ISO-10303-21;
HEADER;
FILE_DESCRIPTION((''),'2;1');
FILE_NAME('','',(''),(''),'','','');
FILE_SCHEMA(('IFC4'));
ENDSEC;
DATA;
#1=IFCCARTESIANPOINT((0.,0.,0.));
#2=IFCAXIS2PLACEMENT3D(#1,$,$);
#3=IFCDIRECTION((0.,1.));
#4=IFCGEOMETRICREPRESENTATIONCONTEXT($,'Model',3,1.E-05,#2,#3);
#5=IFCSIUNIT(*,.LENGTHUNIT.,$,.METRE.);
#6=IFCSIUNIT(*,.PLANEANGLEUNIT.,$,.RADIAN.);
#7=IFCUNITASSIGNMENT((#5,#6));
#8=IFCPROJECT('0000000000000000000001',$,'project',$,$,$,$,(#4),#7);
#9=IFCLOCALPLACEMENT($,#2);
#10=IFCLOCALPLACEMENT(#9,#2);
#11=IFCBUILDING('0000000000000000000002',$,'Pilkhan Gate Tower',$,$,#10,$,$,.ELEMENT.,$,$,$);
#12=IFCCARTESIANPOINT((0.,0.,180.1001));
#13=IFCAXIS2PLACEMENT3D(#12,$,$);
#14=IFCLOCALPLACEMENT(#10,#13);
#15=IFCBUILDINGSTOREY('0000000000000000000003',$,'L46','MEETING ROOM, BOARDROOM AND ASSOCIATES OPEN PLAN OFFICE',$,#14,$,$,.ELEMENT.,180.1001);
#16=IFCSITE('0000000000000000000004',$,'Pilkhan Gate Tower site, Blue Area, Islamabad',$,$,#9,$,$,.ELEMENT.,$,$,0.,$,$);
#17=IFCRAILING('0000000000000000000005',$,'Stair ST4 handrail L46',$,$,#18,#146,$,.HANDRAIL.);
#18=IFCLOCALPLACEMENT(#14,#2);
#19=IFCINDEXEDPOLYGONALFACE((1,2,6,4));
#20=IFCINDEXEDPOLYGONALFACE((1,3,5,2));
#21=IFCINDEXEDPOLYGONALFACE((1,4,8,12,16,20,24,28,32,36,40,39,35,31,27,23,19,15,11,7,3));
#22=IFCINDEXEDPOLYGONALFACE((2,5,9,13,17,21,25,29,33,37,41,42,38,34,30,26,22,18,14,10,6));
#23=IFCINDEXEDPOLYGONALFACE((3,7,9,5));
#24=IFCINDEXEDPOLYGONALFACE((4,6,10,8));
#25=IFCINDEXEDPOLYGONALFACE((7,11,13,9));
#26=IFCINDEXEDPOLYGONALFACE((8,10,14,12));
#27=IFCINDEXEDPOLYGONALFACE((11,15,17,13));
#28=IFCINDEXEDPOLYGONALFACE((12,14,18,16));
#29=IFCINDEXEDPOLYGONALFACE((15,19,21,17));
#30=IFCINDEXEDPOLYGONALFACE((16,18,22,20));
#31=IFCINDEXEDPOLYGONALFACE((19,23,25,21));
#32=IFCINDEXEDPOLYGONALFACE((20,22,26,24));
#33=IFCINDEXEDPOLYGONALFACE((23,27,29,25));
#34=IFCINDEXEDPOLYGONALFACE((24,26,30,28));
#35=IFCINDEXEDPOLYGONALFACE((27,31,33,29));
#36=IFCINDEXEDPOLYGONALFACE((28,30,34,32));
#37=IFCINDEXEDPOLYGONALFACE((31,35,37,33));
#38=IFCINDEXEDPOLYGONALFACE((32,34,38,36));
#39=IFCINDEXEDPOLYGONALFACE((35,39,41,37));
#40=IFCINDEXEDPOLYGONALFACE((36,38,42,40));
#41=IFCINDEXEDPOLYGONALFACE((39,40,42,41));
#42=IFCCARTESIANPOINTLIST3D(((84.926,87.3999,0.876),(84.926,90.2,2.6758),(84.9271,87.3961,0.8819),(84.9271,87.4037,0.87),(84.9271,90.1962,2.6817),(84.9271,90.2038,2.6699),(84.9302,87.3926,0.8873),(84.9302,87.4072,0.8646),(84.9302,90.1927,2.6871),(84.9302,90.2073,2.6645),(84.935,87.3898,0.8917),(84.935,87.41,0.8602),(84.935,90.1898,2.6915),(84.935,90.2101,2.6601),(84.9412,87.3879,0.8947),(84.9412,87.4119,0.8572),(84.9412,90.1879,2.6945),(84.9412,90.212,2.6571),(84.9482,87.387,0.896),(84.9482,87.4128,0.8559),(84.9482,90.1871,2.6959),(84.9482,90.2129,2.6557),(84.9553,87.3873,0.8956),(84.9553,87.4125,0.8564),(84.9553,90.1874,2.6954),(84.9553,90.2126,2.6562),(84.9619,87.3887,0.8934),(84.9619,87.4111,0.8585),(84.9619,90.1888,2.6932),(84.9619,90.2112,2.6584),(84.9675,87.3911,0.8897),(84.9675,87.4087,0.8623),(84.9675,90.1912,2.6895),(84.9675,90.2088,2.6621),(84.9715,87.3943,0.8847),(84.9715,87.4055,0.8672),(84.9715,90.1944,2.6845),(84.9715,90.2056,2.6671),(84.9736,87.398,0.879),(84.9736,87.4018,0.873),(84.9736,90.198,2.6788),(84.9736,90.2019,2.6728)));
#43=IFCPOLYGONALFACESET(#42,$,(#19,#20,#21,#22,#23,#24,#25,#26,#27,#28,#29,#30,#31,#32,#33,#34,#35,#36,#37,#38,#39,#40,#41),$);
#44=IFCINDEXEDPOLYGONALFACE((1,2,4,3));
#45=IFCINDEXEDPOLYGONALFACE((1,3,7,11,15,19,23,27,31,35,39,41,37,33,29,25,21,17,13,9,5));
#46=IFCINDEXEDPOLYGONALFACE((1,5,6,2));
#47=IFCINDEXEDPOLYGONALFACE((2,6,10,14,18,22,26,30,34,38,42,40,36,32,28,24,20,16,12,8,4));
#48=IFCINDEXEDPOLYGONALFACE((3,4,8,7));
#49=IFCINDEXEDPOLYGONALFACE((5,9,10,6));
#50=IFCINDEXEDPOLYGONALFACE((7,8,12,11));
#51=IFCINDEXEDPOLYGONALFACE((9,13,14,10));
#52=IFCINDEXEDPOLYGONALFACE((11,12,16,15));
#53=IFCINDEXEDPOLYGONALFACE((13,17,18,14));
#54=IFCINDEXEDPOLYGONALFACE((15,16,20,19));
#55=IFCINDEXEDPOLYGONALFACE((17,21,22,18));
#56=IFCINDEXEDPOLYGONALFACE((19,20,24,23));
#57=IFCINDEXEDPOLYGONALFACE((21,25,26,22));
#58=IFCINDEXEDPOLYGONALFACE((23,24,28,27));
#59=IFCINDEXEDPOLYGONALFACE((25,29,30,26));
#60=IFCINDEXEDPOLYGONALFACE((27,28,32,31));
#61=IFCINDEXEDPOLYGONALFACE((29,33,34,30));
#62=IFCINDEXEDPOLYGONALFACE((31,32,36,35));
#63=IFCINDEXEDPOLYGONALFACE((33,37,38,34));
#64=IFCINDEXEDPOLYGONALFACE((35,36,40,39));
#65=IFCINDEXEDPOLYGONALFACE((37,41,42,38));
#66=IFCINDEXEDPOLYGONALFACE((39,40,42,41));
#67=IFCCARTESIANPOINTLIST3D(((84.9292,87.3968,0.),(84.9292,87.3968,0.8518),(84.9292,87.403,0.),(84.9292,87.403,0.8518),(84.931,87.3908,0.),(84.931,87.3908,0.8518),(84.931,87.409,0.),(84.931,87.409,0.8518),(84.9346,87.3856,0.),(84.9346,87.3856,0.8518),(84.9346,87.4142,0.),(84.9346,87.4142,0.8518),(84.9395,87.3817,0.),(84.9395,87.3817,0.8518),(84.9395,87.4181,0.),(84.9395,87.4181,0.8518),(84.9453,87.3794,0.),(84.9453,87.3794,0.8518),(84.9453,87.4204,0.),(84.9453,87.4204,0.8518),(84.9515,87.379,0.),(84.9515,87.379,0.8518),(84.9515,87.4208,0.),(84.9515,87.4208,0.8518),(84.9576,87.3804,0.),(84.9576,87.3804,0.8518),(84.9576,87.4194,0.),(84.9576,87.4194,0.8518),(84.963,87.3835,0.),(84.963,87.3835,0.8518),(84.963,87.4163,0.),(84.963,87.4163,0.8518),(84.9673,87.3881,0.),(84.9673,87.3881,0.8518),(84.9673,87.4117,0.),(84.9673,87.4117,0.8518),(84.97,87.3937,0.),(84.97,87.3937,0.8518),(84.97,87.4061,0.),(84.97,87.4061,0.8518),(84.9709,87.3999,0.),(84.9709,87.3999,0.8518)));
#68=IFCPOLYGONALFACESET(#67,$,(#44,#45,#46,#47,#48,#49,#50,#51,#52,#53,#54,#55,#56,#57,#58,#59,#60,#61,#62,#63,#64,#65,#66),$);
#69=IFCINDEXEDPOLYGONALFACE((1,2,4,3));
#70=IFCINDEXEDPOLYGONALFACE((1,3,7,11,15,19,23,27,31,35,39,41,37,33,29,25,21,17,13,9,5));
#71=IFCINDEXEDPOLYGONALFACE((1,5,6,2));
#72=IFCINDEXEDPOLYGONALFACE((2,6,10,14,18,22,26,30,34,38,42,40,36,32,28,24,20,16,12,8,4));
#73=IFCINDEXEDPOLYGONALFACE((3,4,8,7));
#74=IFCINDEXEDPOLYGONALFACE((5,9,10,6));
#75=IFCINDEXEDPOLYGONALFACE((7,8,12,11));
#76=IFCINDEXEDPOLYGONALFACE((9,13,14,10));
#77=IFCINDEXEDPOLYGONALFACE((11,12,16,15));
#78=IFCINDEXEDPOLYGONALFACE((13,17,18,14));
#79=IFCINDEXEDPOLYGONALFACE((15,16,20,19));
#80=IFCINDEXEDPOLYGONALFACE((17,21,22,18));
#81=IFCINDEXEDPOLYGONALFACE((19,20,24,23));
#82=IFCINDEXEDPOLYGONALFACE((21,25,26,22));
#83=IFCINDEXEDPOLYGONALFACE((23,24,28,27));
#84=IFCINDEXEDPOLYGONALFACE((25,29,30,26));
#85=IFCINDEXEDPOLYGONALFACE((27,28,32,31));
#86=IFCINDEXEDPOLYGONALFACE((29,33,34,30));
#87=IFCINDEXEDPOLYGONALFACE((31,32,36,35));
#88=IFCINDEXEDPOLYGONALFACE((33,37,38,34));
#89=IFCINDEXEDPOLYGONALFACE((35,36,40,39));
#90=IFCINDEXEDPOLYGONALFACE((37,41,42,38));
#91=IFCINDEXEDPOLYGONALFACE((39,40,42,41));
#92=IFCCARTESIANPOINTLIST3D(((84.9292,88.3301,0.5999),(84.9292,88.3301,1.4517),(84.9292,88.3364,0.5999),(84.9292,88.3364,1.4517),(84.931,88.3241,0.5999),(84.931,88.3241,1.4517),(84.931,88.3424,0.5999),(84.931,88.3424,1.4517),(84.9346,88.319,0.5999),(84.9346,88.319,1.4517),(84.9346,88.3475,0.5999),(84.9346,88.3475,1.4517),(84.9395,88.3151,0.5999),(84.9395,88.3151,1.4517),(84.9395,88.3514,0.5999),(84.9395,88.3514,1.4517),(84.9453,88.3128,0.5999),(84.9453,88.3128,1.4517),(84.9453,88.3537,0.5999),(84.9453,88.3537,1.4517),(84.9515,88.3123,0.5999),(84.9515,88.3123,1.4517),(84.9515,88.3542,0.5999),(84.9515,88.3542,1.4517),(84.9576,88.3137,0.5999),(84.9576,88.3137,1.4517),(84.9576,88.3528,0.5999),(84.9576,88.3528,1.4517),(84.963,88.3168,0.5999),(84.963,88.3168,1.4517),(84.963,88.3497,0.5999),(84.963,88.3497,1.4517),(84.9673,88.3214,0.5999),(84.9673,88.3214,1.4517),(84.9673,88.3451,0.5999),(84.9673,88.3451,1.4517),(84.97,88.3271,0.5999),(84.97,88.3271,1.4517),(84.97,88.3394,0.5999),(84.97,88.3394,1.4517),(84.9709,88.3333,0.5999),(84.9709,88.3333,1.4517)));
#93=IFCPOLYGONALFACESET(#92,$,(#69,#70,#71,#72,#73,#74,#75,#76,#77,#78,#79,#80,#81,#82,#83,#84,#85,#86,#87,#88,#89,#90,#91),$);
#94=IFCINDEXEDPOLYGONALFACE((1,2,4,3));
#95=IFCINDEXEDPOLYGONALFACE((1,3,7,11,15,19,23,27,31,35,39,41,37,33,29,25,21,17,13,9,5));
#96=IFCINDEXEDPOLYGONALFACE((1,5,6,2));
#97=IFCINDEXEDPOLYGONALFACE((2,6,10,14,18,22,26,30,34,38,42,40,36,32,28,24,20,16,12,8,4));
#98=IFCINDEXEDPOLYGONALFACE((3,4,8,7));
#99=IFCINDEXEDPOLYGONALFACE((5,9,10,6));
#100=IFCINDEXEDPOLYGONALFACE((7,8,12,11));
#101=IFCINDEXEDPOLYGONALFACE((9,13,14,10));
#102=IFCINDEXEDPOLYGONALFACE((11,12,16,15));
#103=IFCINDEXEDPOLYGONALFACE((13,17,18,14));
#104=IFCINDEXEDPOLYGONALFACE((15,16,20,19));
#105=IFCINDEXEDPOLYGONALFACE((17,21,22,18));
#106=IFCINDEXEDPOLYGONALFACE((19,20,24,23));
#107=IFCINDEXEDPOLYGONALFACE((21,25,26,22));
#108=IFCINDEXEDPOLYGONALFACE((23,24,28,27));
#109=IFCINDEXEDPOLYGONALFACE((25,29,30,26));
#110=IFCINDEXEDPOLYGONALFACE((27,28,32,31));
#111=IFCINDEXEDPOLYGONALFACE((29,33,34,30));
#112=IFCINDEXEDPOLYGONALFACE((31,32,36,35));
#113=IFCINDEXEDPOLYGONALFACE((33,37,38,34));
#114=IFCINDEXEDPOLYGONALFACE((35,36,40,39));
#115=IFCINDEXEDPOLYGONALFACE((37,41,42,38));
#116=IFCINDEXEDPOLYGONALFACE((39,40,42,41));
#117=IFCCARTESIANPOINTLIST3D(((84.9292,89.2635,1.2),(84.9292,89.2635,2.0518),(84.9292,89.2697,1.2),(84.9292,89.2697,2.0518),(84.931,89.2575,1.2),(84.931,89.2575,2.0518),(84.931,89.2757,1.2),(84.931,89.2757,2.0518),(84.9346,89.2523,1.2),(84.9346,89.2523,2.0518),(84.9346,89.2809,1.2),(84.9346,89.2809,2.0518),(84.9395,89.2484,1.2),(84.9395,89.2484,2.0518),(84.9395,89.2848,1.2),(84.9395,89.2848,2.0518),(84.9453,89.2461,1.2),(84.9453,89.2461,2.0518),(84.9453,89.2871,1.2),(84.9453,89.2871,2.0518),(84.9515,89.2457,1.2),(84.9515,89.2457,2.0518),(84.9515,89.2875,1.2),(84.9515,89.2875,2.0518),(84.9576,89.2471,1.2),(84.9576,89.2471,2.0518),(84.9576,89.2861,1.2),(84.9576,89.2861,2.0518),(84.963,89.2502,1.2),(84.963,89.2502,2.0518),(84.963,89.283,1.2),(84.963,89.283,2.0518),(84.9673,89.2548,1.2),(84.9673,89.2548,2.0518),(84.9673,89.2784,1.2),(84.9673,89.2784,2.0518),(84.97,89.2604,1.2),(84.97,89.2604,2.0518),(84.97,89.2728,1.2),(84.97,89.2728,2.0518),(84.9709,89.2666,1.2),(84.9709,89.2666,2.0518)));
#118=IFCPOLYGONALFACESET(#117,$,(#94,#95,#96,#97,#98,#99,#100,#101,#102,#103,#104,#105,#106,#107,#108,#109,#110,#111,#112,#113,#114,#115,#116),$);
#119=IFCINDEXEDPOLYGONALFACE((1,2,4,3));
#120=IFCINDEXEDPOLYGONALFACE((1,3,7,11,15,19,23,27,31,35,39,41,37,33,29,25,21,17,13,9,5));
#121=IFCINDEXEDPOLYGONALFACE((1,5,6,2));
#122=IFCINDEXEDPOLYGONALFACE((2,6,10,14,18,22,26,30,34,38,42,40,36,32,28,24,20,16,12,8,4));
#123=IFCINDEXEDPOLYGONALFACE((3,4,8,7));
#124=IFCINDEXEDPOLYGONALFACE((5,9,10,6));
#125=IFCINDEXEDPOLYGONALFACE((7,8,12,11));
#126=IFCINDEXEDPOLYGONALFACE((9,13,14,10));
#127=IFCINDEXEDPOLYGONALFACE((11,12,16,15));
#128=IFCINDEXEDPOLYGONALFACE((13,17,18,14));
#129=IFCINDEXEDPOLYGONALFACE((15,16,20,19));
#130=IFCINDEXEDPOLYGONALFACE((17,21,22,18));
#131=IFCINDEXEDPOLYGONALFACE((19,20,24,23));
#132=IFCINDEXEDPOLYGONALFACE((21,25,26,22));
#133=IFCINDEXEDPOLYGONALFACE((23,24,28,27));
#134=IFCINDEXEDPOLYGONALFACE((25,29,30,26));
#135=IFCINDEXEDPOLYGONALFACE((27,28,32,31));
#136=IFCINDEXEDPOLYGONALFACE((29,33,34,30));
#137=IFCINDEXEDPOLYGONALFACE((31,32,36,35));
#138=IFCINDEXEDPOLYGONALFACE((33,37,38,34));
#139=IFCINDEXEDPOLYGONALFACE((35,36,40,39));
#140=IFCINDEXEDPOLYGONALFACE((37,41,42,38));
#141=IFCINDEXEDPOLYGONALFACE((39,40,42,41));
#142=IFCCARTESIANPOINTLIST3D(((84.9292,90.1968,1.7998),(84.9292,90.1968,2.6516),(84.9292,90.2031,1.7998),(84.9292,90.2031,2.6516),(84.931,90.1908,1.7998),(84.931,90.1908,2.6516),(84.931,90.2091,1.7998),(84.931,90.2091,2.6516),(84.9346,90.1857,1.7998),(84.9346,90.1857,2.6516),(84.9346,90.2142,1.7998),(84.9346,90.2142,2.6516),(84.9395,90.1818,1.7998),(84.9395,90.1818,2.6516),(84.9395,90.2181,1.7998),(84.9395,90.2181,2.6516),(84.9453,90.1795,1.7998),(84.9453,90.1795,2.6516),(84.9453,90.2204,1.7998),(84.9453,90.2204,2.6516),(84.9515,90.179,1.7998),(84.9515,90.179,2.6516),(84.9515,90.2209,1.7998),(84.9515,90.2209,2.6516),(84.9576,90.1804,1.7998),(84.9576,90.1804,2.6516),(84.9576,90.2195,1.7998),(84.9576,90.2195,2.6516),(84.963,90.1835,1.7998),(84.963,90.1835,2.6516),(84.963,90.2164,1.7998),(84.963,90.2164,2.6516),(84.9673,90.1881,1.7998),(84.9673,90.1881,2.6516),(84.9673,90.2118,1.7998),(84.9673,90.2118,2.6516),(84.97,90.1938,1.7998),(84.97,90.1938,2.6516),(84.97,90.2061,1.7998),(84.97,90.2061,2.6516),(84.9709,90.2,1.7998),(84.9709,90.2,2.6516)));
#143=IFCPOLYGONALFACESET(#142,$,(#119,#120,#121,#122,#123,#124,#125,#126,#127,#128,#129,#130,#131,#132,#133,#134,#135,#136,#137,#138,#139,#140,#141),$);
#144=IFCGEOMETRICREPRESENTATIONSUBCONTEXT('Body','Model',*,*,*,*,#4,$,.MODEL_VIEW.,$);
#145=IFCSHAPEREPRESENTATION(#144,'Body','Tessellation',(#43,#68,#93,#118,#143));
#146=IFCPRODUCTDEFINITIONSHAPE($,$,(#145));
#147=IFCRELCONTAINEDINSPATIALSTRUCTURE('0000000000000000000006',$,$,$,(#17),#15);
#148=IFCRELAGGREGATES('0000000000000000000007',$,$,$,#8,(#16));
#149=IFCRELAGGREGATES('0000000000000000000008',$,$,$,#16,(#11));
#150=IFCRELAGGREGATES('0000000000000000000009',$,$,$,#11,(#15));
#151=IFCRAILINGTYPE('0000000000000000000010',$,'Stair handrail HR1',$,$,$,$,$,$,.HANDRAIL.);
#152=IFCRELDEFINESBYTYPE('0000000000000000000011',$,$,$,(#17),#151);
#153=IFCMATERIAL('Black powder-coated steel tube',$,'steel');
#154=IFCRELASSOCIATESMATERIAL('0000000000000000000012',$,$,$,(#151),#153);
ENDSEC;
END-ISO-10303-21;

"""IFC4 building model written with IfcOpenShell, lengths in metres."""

from ifc_helpers import new_model, si_unit, direction, frame, origin, origin_2d, place, context, subcontext, project, spatial, circle, extrude, material, type_object, element, save


model = new_model("IFC4")

# Units and contexts
model_context = context("Model", 3, precision=1e-05, world=origin(), true_north=direction((0.0, 1.0)))
body_context = subcontext(model_context, "Body", "Model", "MODEL_VIEW")
ifc_project = project(units=[si_unit("LENGTHUNIT", "METRE"), si_unit("PLANEANGLEUNIT", "RADIAN")], contexts=[model_context])

# Site, building, storey
site_placement = place(None, origin())
site = spatial("IfcSite", under=ifc_project, at=site_placement, Name="Pilkhan Gate Tower site, Blue Area, Islamabad", CompositionType="ELEMENT", RefElevation=0.0)
building_placement = place(site_placement, origin())
building = spatial("IfcBuilding", under=site, at=building_placement, Name="Pilkhan Gate Tower", CompositionType="ELEMENT")
storey_placement = place(building_placement, frame((0.0, 0.0, 180.1001)))
storey = spatial("IfcBuildingStorey", under=building, at=storey_placement, Name="L46", Description="MEETING ROOM, BOARDROOM AND ASSOCIATES OPEN PLAN OFFICE", CompositionType="ELEMENT", Elevation=180.1001)

# Railing
ifc_material_1 = material(Name="Black powder-coated steel tube", Category="steel")
railing_type_1 = type_object("IfcRailingType", Name="Stair handrail HR1", PredefinedType="HANDRAIL", material=ifc_material_1)
railing_1_placement = place(storey_placement, frame((84.95, 87.3999, 0.0)))
element("IfcRailing", 1, at=railing_1_placement, inside=storey, type_object=railing_type_1, Name="Stair ST4 handrail L46", PredefinedType="HANDRAIL", context=body_context, shape_type="SweptSolid", body=[
    extrude(circle(Radius=0.0239, at=origin_2d()), frame((0.0, 0.0, 0.876), z_axis=(0.0, 0.841209, 0.540709), x_axis=(-1.0, 0.0, 0.0)), (0.0, 0.0, 1.0), 3.3286),
    extrude(circle(Radius=0.021, at=origin_2d()), origin(), (0.0, 0.0, 1.0), 0.8518),
    extrude(circle(Radius=0.021, at=origin_2d()), frame((0.0, 0.9333, 0.5999)), (0.0, 0.0, 1.0), 0.8518),
    extrude(circle(Radius=0.021, at=origin_2d()), frame((0.0, 1.8667, 1.2)), (0.0, 0.0, 1.0), 0.8518),
    extrude(circle(Radius=0.021, at=origin_2d()), frame((0.0, 2.8, 1.7998)), (0.0, 0.0, 1.0), 0.8518),
])

save(model, "model.ifc")
